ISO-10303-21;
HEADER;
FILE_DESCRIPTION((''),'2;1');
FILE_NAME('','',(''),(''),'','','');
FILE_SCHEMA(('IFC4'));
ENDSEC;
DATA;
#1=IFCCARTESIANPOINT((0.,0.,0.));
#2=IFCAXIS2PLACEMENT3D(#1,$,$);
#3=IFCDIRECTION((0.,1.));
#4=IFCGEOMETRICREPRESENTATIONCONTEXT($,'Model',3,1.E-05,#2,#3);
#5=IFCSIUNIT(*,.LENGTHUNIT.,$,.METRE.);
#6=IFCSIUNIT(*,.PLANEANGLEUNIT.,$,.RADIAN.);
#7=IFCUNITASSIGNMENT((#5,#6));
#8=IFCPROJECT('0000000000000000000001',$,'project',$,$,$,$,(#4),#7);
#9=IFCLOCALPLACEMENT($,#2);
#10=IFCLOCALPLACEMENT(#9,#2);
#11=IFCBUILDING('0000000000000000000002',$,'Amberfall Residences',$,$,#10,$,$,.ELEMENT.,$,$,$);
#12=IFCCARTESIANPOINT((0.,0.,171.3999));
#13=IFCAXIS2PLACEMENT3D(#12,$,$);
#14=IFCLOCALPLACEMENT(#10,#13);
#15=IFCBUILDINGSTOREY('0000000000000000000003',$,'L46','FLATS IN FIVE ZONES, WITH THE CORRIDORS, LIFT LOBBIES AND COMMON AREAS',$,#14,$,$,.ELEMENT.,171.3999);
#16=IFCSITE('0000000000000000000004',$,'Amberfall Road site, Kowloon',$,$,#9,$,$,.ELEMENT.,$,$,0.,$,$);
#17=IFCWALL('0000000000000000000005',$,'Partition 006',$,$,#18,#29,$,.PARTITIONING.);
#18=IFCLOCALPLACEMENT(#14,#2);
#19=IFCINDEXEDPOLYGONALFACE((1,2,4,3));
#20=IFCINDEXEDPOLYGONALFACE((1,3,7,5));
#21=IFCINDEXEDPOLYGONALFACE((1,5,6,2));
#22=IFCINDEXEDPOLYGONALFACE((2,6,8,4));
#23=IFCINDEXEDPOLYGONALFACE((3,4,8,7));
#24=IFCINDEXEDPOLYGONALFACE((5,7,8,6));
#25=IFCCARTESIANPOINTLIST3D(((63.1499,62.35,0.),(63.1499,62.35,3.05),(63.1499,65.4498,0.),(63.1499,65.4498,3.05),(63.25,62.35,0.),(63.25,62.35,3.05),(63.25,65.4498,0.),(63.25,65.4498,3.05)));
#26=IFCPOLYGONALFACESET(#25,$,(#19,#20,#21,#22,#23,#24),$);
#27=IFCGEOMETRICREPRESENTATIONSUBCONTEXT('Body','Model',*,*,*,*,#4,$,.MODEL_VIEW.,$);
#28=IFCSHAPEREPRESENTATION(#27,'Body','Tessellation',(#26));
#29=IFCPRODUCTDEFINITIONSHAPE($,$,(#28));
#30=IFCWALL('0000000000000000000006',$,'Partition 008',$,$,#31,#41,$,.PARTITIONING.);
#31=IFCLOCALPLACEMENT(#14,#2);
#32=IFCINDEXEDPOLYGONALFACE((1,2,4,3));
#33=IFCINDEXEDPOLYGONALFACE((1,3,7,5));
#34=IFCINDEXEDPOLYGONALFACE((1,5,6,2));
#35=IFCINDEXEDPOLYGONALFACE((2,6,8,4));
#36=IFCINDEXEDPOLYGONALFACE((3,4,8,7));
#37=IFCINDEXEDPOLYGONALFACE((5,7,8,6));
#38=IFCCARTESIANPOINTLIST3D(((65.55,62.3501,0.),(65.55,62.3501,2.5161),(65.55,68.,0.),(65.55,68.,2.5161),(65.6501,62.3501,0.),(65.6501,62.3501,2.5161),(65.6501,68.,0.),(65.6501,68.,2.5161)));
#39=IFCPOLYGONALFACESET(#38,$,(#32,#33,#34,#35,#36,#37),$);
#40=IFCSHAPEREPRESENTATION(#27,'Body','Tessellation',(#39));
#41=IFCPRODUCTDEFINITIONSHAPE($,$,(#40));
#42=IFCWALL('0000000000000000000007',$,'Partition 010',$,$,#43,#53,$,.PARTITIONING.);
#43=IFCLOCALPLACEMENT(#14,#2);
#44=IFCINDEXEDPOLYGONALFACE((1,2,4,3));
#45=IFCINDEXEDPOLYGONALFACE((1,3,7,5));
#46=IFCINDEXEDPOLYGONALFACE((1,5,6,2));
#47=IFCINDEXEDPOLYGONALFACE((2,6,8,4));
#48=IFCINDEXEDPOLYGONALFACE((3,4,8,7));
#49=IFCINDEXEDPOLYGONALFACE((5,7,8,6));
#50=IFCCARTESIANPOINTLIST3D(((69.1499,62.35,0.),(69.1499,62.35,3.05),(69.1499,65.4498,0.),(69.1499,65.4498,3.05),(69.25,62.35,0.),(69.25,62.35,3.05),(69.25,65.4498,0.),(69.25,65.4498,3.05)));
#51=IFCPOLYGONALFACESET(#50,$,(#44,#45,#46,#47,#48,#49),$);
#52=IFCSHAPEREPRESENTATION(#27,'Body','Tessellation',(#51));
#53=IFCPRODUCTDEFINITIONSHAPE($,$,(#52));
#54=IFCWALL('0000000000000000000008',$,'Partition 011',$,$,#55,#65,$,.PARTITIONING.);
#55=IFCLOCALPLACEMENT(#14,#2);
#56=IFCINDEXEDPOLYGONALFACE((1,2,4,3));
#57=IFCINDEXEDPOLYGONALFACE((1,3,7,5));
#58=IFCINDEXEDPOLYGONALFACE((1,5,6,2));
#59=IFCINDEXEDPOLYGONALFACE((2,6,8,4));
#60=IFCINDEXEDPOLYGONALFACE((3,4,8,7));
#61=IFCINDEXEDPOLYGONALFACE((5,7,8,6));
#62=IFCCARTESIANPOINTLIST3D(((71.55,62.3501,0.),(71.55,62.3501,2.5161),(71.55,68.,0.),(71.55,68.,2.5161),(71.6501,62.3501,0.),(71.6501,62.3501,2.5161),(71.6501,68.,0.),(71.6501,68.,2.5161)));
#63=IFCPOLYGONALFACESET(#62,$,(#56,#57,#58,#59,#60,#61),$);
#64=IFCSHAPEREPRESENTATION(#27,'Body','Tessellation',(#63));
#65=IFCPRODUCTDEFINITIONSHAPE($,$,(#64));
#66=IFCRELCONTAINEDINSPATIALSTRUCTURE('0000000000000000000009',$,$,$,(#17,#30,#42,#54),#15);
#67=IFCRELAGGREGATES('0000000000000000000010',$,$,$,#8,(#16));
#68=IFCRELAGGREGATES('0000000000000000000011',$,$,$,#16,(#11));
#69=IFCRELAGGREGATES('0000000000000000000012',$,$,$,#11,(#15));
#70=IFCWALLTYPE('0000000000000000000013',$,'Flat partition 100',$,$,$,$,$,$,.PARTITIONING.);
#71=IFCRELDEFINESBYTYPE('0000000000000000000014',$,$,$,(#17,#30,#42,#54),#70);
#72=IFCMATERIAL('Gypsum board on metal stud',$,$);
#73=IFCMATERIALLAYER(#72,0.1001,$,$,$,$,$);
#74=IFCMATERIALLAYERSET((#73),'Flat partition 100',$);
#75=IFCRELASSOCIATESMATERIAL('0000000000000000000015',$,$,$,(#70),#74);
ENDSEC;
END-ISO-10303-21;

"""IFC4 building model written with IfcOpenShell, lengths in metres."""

from ifc_helpers import new_model, si_unit, direction, frame, frame_2d, origin, place, context, subcontext, project, spatial, rectangle, extrude, material, layer, layer_set, type_object, element, save


model = new_model("IFC4")

# Units and contexts
model_context = context("Model", 3, precision=1e-05, world=origin(), true_north=direction((0.0, 1.0)))
body_context = subcontext(model_context, "Body", "Model", "MODEL_VIEW")
ifc_project = project(units=[si_unit("LENGTHUNIT", "METRE"), si_unit("PLANEANGLEUNIT", "RADIAN")], contexts=[model_context])

# Site, building, storey
site_placement = place(None, origin())
site = spatial("IfcSite", under=ifc_project, at=site_placement, Name="Amberfall Road site, Kowloon", CompositionType="ELEMENT", RefElevation=0.0)
building_placement = place(site_placement, origin())
building = spatial("IfcBuilding", under=site, at=building_placement, Name="Amberfall Residences", CompositionType="ELEMENT")
storey_placement = place(building_placement, frame((0.0, 0.0, 171.3999)))
storey = spatial("IfcBuildingStorey", under=building, at=storey_placement, Name="L46", Description="FLATS IN FIVE ZONES, WITH THE CORRIDORS, LIFT LOBBIES AND COMMON AREAS", CompositionType="ELEMENT", Elevation=171.3999)

# Walls
ifc_material_1 = material(Name="Gypsum board on metal stud")
ifc_layer_1 = layer(ifc_material_1, 0.1001)
ifc_layer_set_1 = layer_set([ifc_layer_1], Name="Flat partition 100")
wall_type_1 = type_object("IfcWallType", Name="Flat partition 100", PredefinedType="PARTITIONING", material=ifc_layer_set_1)
wall_1_placement = place(storey_placement, frame((63.2, 62.3501, 0.0), z_axis=(0.0, 0.0, 1.0), x_axis=(0.0, 1.0, 0.0)))
element("IfcWall", 1, at=wall_1_placement, inside=storey, type_object=wall_type_1, Name="Partition 006", PredefinedType="PARTITIONING", context=body_context, shape_type="SweptSolid", body=[
    extrude(rectangle(XDim=3.0999, YDim=0.1001, at=frame_2d((1.5498, 0.0))), origin(), (0.0, 0.0, 1.0), 3.05),
])
wall_2_placement = place(storey_placement, frame((65.6001, 62.3501, 0.0), z_axis=(0.0, 0.0, 1.0), x_axis=(0.0, 1.0, 0.0)))
element("IfcWall", 2, at=wall_2_placement, inside=storey, type_object=wall_type_1, Name="Partition 008", PredefinedType="PARTITIONING", context=body_context, shape_type="SweptSolid", body=[
    extrude(rectangle(XDim=5.6499, YDim=0.1001, at=frame_2d((2.825, 0.0))), origin(), (0.0, 0.0, 1.0), 2.5161),
])
wall_3_placement = place(storey_placement, frame((69.2, 62.3501, 0.0), z_axis=(0.0, 0.0, 1.0), x_axis=(0.0, 1.0, 0.0)))
element("IfcWall", 3, at=wall_3_placement, inside=storey, type_object=wall_type_1, Name="Partition 010", PredefinedType="PARTITIONING", context=body_context, shape_type="SweptSolid", body=[
    extrude(rectangle(XDim=3.0999, YDim=0.1001, at=frame_2d((1.5498, 0.0))), origin(), (0.0, 0.0, 1.0), 3.05),
])
wall_4_placement = place(storey_placement, frame((71.6001, 62.3501, 0.0), z_axis=(0.0, 0.0, 1.0), x_axis=(0.0, 1.0, 0.0)))
element("IfcWall", 4, at=wall_4_placement, inside=storey, type_object=wall_type_1, Name="Partition 011", PredefinedType="PARTITIONING", context=body_context, shape_type="SweptSolid", body=[
    extrude(rectangle(XDim=5.6499, YDim=0.1001, at=frame_2d((2.825, 0.0))), origin(), (0.0, 0.0, 1.0), 2.5161),
])

save(model, "model.ifc")
